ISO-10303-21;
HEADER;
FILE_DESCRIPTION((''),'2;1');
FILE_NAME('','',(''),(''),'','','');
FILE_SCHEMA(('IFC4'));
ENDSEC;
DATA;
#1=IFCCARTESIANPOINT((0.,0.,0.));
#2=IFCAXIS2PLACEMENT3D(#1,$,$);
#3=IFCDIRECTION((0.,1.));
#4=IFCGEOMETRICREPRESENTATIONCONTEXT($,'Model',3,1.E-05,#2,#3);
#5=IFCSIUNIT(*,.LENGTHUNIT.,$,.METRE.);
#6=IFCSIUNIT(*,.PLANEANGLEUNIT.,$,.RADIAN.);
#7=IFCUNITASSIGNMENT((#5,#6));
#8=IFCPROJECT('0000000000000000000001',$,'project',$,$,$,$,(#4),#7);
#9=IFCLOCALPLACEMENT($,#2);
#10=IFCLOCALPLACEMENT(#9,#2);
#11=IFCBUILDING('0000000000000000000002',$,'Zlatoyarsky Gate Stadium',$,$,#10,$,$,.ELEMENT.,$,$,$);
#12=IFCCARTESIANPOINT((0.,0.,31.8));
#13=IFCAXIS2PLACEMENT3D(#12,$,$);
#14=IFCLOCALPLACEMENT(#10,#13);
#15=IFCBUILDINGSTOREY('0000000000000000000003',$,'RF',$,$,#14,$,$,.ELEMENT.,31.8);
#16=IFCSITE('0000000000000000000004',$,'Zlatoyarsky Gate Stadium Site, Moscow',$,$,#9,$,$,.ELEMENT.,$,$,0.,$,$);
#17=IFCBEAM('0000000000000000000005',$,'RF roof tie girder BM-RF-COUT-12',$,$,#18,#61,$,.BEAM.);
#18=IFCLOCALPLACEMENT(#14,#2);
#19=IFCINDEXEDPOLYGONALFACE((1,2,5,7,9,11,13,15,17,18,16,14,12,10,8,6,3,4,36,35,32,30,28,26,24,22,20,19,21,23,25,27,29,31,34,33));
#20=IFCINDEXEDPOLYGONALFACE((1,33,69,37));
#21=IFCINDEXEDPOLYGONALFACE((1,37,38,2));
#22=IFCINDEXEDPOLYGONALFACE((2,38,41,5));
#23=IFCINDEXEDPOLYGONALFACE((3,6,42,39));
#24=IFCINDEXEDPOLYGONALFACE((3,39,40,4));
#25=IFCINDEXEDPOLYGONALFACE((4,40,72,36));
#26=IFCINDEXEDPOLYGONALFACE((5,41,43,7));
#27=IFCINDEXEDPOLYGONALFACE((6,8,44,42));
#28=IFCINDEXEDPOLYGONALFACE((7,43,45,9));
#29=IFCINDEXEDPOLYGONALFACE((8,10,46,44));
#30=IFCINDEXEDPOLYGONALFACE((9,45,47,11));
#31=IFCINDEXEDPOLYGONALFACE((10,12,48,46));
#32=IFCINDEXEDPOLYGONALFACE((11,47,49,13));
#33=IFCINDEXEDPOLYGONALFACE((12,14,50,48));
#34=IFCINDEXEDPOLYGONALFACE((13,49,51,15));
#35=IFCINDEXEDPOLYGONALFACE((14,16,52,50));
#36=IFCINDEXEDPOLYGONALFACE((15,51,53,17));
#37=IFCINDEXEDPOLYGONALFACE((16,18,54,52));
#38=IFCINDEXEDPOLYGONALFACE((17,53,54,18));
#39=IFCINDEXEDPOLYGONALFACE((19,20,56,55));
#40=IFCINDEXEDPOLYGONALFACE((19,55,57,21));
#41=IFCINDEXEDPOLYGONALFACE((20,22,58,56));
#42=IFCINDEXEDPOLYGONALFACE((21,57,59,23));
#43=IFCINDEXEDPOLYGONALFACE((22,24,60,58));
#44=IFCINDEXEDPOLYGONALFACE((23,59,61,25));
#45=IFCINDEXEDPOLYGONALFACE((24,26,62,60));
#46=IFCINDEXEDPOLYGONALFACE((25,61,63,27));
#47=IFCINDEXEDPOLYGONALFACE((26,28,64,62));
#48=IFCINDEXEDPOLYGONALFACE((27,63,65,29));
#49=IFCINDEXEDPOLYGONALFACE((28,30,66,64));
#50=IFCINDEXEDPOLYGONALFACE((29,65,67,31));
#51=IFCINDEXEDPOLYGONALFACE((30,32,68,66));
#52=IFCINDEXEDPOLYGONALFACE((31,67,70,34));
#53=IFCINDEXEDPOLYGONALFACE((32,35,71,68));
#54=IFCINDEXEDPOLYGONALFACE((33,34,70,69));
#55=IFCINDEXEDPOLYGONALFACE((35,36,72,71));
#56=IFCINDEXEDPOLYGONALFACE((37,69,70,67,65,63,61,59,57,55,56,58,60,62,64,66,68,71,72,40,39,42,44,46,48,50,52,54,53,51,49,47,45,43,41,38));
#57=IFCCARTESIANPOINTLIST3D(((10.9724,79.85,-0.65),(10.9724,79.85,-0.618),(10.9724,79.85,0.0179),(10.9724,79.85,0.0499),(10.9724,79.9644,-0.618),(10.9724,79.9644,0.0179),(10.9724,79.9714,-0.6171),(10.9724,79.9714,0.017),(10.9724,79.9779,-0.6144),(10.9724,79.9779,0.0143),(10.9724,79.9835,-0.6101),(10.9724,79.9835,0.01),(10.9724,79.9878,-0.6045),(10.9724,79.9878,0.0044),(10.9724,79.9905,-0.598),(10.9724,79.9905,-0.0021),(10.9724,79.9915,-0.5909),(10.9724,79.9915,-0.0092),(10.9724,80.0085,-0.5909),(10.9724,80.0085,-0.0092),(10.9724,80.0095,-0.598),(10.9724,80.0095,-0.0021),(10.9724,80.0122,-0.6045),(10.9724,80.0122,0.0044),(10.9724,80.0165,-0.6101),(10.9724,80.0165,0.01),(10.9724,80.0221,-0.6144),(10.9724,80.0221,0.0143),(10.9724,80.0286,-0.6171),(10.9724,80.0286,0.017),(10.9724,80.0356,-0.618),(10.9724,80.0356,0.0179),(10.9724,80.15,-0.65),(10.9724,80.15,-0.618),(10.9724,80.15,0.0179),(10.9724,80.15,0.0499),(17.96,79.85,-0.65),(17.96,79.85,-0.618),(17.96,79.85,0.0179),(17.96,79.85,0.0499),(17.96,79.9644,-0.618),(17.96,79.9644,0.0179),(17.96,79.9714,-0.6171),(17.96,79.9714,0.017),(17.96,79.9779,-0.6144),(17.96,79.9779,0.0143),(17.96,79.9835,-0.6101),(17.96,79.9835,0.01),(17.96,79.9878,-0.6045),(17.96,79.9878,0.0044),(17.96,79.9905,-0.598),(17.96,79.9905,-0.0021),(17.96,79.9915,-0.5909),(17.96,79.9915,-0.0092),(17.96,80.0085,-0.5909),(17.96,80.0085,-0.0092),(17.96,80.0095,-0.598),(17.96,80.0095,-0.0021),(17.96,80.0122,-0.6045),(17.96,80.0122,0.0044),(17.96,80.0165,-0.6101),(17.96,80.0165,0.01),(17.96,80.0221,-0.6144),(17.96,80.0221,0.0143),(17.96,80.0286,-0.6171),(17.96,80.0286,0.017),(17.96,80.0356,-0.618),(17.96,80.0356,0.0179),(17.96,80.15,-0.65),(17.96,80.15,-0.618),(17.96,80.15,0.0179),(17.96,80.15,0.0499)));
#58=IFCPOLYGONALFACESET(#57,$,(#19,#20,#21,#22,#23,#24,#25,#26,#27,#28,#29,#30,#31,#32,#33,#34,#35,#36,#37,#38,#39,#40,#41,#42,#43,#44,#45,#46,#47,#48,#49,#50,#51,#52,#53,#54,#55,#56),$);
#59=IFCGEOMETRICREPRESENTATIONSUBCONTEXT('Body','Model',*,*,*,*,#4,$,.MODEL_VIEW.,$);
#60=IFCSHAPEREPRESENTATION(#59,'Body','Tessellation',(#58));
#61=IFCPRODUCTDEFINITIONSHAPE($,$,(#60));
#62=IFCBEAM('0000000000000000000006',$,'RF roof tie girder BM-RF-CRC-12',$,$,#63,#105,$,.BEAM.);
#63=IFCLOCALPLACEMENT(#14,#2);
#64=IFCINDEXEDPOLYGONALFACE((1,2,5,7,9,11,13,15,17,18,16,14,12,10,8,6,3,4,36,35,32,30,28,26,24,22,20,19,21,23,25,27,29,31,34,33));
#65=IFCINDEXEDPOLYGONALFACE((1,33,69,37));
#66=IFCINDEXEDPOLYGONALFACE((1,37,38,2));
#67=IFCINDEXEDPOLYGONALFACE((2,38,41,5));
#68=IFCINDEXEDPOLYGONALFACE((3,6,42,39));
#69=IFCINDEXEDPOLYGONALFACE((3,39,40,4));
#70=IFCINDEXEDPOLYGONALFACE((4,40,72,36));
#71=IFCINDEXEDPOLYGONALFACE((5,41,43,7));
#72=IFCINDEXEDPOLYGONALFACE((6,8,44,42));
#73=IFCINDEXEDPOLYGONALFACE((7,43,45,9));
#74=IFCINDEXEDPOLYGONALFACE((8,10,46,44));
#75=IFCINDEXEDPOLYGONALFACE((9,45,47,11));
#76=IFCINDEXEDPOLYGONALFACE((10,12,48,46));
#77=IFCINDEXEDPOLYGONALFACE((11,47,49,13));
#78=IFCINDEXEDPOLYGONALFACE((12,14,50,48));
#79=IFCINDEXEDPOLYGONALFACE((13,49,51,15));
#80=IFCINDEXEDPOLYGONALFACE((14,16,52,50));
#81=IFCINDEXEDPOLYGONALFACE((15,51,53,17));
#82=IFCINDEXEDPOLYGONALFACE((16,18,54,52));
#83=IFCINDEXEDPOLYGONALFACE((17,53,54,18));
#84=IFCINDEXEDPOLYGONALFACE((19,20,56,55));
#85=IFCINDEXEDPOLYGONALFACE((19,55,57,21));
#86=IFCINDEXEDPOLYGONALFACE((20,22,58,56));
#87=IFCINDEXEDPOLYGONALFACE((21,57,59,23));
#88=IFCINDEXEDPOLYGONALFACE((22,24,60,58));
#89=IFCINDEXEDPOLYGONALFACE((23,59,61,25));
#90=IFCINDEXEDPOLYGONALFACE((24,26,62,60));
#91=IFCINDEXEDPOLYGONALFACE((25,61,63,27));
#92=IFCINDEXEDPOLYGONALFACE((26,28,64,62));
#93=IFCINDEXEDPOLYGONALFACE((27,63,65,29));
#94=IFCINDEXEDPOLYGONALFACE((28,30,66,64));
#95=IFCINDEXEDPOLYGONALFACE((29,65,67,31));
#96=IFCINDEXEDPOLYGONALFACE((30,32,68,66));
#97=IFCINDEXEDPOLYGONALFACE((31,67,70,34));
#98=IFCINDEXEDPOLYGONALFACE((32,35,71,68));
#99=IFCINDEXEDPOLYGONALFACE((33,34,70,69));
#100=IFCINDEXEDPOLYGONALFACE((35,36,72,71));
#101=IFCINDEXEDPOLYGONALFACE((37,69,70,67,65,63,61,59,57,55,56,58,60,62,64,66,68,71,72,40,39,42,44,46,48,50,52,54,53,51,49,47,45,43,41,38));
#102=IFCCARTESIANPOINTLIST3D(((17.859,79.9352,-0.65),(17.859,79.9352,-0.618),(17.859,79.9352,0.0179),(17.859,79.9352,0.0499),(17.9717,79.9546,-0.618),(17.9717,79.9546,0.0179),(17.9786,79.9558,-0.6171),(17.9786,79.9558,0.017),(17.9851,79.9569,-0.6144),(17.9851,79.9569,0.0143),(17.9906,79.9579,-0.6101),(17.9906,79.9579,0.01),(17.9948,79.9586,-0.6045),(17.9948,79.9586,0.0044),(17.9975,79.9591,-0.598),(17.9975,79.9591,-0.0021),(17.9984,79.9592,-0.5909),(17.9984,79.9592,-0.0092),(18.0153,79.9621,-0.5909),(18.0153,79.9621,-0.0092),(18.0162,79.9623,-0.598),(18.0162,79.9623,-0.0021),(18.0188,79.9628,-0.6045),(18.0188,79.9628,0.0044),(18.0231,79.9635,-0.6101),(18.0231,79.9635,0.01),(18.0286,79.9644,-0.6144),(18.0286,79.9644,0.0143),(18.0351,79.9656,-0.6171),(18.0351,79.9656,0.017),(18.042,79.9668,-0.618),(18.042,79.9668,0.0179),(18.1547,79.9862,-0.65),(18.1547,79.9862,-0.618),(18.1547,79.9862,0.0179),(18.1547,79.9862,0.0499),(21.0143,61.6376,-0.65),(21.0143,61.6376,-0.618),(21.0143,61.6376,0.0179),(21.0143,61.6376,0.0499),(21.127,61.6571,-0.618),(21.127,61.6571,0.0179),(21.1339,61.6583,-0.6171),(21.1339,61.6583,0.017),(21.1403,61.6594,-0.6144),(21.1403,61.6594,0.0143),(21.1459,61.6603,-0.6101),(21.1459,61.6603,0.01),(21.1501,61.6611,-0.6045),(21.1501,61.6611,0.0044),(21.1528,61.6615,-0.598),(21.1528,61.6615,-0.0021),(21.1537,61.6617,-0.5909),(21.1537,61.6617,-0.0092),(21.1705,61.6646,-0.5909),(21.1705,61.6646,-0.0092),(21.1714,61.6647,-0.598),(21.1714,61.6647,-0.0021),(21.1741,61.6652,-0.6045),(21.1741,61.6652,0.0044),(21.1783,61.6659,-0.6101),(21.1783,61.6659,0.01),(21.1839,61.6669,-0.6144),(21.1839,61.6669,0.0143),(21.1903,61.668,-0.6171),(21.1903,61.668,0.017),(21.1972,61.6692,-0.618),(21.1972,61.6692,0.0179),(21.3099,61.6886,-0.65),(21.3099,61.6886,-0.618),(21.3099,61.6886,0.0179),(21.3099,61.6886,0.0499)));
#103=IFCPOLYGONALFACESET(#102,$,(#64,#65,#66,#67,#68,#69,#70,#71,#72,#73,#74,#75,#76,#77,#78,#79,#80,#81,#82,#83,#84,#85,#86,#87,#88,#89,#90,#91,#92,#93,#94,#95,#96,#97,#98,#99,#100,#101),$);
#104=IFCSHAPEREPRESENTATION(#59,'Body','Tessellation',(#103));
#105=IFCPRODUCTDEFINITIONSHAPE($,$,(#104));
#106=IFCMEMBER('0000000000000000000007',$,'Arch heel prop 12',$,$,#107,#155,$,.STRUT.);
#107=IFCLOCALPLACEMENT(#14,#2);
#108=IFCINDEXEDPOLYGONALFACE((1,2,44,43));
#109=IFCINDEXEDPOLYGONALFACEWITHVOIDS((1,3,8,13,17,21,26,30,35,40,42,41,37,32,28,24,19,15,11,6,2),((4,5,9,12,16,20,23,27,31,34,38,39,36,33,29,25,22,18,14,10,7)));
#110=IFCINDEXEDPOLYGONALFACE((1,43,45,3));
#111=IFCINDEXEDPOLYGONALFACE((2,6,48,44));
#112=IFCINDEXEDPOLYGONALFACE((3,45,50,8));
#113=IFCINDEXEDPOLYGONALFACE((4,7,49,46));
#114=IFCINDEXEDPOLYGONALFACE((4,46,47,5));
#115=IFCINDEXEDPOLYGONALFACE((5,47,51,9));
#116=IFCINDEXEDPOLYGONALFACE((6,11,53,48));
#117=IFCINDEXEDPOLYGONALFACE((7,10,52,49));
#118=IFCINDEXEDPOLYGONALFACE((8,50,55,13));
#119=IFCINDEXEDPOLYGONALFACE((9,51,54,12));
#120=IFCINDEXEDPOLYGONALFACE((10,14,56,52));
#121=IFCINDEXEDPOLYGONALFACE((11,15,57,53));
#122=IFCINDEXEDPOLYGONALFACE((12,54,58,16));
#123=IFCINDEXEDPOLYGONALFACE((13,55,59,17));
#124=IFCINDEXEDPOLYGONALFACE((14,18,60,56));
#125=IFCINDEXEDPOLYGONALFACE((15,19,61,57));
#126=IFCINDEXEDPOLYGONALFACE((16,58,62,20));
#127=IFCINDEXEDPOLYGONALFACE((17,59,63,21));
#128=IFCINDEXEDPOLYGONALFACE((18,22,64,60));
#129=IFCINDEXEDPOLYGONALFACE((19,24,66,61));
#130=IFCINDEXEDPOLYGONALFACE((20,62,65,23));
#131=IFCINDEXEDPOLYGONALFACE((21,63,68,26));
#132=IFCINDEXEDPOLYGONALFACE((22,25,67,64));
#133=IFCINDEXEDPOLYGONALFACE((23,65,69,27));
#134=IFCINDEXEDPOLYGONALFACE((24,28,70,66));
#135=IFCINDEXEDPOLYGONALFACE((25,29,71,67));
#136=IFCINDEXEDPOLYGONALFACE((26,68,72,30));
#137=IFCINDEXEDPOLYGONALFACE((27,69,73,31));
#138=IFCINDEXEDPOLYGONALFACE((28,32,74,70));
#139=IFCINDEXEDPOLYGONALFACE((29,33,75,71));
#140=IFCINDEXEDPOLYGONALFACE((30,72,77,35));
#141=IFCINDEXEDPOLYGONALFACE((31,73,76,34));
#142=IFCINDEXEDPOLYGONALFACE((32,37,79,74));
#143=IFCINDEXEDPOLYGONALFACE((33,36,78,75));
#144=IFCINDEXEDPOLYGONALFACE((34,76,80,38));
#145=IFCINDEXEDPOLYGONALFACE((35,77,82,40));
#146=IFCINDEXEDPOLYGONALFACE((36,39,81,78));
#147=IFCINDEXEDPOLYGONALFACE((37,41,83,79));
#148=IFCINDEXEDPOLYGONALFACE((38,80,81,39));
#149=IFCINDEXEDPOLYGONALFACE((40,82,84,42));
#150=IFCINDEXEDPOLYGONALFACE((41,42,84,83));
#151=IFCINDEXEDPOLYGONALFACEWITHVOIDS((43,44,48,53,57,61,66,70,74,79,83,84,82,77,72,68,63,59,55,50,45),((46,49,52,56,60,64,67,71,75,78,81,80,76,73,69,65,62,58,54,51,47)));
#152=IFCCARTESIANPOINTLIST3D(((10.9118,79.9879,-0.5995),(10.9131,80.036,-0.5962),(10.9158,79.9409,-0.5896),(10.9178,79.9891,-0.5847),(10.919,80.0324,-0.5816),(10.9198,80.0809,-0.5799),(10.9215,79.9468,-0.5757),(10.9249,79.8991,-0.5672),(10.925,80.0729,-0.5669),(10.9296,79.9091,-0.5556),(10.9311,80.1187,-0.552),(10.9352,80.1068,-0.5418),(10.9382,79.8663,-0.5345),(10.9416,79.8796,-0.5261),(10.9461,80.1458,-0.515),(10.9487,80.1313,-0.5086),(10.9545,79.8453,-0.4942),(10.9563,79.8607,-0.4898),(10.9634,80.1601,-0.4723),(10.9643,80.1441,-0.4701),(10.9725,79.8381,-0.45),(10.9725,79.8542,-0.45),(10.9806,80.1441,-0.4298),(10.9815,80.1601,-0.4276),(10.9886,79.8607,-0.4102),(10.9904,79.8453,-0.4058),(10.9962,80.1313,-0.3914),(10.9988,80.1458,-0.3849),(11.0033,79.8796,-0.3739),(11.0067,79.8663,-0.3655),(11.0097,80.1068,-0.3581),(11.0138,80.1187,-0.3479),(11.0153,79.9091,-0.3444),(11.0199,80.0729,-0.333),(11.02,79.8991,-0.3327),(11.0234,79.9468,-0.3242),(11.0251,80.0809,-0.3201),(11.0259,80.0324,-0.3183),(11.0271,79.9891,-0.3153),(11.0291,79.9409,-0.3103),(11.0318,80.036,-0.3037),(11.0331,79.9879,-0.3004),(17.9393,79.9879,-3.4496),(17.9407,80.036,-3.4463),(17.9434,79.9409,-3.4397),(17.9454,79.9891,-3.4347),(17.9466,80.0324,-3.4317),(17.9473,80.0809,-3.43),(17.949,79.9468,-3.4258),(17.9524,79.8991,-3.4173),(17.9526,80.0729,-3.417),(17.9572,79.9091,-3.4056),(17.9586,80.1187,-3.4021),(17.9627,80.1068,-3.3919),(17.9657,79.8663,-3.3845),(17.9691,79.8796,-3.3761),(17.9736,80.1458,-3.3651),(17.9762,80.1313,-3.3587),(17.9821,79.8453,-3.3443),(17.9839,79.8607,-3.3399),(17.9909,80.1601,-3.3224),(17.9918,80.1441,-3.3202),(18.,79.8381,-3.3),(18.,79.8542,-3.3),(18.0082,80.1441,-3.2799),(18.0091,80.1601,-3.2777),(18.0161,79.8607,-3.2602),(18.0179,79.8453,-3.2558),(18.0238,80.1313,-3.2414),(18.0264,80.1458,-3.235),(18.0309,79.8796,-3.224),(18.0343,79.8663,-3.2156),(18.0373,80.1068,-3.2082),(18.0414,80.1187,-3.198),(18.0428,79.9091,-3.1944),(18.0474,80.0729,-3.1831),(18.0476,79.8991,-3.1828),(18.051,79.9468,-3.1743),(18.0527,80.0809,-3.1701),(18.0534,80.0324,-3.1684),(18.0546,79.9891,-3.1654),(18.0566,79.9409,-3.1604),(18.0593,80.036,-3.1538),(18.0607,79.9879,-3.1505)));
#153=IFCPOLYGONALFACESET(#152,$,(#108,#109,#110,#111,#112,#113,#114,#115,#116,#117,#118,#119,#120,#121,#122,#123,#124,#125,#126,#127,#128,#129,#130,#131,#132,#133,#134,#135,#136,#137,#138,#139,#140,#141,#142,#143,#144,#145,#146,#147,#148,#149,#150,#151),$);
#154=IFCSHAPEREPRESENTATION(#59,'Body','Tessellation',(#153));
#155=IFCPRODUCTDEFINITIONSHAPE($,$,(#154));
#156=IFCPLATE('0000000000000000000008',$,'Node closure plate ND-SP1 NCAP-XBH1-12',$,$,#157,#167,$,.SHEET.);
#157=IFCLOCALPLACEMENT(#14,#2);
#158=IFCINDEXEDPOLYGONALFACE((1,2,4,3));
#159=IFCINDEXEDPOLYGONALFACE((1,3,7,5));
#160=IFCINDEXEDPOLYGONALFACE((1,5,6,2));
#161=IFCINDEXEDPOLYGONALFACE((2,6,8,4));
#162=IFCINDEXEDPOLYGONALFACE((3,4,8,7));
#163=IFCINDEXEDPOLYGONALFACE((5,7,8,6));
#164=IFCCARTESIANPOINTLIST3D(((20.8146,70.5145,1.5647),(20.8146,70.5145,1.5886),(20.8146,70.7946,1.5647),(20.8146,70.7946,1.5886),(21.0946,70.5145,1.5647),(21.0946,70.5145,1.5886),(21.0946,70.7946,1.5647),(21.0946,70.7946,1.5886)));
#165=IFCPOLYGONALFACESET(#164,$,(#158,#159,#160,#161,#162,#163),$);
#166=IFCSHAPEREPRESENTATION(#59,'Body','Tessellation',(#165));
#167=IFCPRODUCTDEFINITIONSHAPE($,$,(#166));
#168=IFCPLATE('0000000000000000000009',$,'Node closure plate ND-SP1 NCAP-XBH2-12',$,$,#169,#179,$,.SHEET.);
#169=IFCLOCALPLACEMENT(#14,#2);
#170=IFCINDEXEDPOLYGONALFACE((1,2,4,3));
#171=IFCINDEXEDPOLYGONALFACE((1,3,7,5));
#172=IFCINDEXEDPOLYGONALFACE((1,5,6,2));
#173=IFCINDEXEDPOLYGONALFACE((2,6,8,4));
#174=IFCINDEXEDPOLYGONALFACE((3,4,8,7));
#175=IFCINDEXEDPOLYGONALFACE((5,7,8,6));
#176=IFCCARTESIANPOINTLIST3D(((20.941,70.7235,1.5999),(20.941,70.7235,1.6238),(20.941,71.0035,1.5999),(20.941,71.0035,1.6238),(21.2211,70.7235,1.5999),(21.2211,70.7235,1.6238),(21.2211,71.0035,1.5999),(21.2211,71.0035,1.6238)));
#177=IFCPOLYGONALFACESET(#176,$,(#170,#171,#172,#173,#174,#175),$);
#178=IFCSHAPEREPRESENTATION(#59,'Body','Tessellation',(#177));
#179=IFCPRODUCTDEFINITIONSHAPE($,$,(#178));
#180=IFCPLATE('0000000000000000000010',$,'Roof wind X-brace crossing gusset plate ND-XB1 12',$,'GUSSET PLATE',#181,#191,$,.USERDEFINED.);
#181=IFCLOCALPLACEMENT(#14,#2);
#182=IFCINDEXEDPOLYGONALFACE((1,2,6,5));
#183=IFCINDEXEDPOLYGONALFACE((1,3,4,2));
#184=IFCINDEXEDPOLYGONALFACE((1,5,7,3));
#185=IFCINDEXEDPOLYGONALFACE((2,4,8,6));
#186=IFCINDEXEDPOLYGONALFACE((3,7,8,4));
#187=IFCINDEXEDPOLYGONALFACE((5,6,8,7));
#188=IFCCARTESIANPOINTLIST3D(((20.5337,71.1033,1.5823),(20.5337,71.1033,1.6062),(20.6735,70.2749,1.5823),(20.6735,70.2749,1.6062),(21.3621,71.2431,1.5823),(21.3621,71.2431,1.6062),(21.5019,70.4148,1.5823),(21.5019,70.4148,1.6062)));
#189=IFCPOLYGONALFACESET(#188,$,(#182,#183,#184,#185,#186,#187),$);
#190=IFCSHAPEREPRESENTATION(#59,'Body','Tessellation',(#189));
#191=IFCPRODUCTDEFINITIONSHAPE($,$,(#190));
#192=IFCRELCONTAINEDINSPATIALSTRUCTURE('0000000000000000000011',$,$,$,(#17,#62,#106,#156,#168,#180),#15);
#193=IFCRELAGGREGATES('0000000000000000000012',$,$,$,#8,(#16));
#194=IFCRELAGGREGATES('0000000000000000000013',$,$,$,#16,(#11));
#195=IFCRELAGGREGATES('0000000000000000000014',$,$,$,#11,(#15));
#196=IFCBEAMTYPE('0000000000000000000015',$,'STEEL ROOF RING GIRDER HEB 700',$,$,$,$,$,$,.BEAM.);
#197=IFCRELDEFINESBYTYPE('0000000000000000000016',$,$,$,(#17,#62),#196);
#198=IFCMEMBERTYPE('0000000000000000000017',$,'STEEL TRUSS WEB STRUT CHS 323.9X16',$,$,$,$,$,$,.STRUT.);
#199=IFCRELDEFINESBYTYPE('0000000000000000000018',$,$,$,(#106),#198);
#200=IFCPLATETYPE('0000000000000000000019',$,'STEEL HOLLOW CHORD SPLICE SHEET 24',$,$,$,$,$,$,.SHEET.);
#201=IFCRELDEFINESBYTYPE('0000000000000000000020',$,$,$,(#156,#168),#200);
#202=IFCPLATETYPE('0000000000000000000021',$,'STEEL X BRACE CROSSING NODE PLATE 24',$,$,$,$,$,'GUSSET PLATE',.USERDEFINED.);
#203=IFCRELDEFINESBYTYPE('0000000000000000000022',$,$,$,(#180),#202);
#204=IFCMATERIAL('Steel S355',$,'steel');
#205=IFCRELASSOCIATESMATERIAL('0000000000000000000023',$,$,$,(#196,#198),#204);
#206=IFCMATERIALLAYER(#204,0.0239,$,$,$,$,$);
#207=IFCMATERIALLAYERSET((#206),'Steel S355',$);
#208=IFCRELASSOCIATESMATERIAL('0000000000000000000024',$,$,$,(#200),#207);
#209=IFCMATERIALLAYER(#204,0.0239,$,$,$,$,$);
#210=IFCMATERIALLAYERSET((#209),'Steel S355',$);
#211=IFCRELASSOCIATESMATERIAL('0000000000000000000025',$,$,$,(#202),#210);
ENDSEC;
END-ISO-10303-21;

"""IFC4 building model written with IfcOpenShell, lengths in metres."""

from ifc_helpers import new_model, si_unit, direction, frame, origin, origin_2d, place, context, subcontext, project, spatial, rectangle, hollow_circle, i_section, extrude, material, layer, layer_set, material_profile, profile_set, type_object, element, save


model = new_model("IFC4")

# Units and contexts
model_context = context("Model", 3, precision=1e-05, world=origin(), true_north=direction((0.0, 1.0)))
body_context = subcontext(model_context, "Body", "Model", "MODEL_VIEW")
ifc_project = project(units=[si_unit("LENGTHUNIT", "METRE"), si_unit("PLANEANGLEUNIT", "RADIAN")], contexts=[model_context])

# Site, building, storey
site_placement = place(None, origin())
site = spatial("IfcSite", under=ifc_project, at=site_placement, Name="Zlatoyarsky Gate Stadium Site, Moscow", CompositionType="ELEMENT", RefElevation=0.0)
building_placement = place(site_placement, origin())
building = spatial("IfcBuilding", under=site, at=building_placement, Name="Zlatoyarsky Gate Stadium", CompositionType="ELEMENT")
storey_placement = place(building_placement, frame((0.0, 0.0, 31.8)))
storey = spatial("IfcBuildingStorey", under=building, at=storey_placement, Name="RF", CompositionType="ELEMENT", Elevation=31.8)

# Shared definitions
ifc_material_1 = material(Name="Steel S355", Category="steel")

# Beams
ifc_material_profile_1 = material_profile(ifc_material_1, i_section(OverallWidth=0.3, OverallDepth=0.7, WebThickness=0.0171, FlangeThickness=0.032, FilletRadius=0.0271, at=origin_2d()), Name="HEB 700")
ifc_profile_set_1 = profile_set([ifc_material_profile_1], Name="Steel S355")
beam_type = type_object("IfcBeamType", Name="STEEL ROOF RING GIRDER HEB 700", PredefinedType="BEAM", material=ifc_profile_set_1)
beam_1_placement = place(storey_placement, frame((17.96, 80.0, -0.3), z_axis=(-1.0, 0.0, 0.0), x_axis=(0.0, -1.0, 0.0)))
element("IfcBeam", 1, at=beam_1_placement, inside=storey, type_object=beam_type, Name="RF roof tie girder BM-RF-COUT-12", PredefinedType="BEAM", context=body_context, shape_type="SweptSolid", body=[
    extrude(i_section(OverallWidth=0.3, OverallDepth=0.7, WebThickness=0.0171, FlangeThickness=0.032, FilletRadius=0.0271, at=origin_2d()), origin(), (0.0, 0.0, 1.0), 6.9875),
])
beam_2_placement = place(storey_placement, frame((18.0068, 79.9607, -0.3), z_axis=(0.169934, -0.985455, 0.0), x_axis=(0.985455, 0.169934, 0.0)))
element("IfcBeam", 2, at=beam_2_placement, inside=storey, type_object=beam_type, Name="RF roof tie girder BM-RF-CRC-12", PredefinedType="BEAM", context=body_context, shape_type="SweptSolid", body=[
    extrude(i_section(OverallWidth=0.3, OverallDepth=0.7, WebThickness=0.0171, FlangeThickness=0.032, FilletRadius=0.0271, at=origin_2d()), origin(), (0.0, 0.0, 1.0), 18.5676),
])

# Member
ifc_material_profile_2 = material_profile(ifc_material_1, hollow_circle(Radius=0.1619, WallThickness=0.0161, at=origin_2d()), Name="CHS 323.9X16")
ifc_profile_set_2 = profile_set([ifc_material_profile_2], Name="Steel S355")
member_type_1 = type_object("IfcMemberType", Name="STEEL TRUSS WEB STRUT CHS 323.9X16", PredefinedType="STRUT", material=ifc_profile_set_2)
member_1_placement = place(storey_placement, frame((18.0, 80.0, -3.3), z_axis=(-0.92669, 0.0, 0.375827), x_axis=(0.0, -1.0, 0.0)))
element("IfcMember", 3, at=member_1_placement, inside=storey, type_object=member_type_1, Name="Arch heel prop 12", PredefinedType="STRUT", context=body_context, shape_type="SweptSolid", body=[
    extrude(hollow_circle(Radius=0.1619, WallThickness=0.0161, at=origin_2d()), origin(), (0.0, 0.0, 1.0), 7.5835),
])

# Plates
ifc_layer_1 = layer(ifc_material_1, 0.0239)
ifc_layer_set_1 = layer_set([ifc_layer_1], Name="Steel S355")
plate_type_1 = type_object("IfcPlateType", Name="STEEL HOLLOW CHORD SPLICE SHEET 24", PredefinedType="SHEET", material=ifc_layer_set_1)
for number, where, z_axis, x_axis, name in (
    (4, (20.9546, 70.6545, 1.5647), (0.0, 0.0, 1.0), (1.0, 0.0, 0.0), "Node closure plate ND-SP1 NCAP-XBH1-12"),
    (5, (21.0811, 70.8635, 1.5999), (0.0, 0.0, 1.0), (1.0, 0.0, 0.0), "Node closure plate ND-SP1 NCAP-XBH2-12"),
):
    element("IfcPlate", number, at=place(storey_placement, frame(where, z_axis=z_axis, x_axis=x_axis)), inside=storey, type_object=plate_type_1, Name=name, PredefinedType="SHEET", context=body_context, shape_type="SweptSolid", body=[
        extrude(rectangle(XDim=0.28, YDim=0.28, at=origin_2d()), origin(), (0.0, 0.0, 1.0), 0.0239),
    ])
ifc_layer_2 = layer(ifc_material_1, 0.0239)
ifc_layer_set_2 = layer_set([ifc_layer_2], Name="Steel S355")
plate_type_2 = type_object("IfcPlateType", Name="STEEL X BRACE CROSSING NODE PLATE 24", ElementType="GUSSET PLATE", PredefinedType="USERDEFINED", material=ifc_layer_set_2)
plate_1_placement = place(storey_placement, frame((21.0178, 70.759, 1.5823), z_axis=(0.0, 0.0, 1.0), x_axis=(0.166425, -0.986054, 0.0)))
element("IfcPlate", 6, at=plate_1_placement, inside=storey, type_object=plate_type_2, Name="Roof wind X-brace crossing gusset plate ND-XB1 12", ObjectType="GUSSET PLATE", PredefinedType="USERDEFINED", context=body_context, shape_type="SweptSolid", body=[
    extrude(rectangle(XDim=0.8401, YDim=0.8401, at=origin_2d()), origin(), (0.0, 0.0, 1.0), 0.0239),
])

save(model, "model.ifc")
